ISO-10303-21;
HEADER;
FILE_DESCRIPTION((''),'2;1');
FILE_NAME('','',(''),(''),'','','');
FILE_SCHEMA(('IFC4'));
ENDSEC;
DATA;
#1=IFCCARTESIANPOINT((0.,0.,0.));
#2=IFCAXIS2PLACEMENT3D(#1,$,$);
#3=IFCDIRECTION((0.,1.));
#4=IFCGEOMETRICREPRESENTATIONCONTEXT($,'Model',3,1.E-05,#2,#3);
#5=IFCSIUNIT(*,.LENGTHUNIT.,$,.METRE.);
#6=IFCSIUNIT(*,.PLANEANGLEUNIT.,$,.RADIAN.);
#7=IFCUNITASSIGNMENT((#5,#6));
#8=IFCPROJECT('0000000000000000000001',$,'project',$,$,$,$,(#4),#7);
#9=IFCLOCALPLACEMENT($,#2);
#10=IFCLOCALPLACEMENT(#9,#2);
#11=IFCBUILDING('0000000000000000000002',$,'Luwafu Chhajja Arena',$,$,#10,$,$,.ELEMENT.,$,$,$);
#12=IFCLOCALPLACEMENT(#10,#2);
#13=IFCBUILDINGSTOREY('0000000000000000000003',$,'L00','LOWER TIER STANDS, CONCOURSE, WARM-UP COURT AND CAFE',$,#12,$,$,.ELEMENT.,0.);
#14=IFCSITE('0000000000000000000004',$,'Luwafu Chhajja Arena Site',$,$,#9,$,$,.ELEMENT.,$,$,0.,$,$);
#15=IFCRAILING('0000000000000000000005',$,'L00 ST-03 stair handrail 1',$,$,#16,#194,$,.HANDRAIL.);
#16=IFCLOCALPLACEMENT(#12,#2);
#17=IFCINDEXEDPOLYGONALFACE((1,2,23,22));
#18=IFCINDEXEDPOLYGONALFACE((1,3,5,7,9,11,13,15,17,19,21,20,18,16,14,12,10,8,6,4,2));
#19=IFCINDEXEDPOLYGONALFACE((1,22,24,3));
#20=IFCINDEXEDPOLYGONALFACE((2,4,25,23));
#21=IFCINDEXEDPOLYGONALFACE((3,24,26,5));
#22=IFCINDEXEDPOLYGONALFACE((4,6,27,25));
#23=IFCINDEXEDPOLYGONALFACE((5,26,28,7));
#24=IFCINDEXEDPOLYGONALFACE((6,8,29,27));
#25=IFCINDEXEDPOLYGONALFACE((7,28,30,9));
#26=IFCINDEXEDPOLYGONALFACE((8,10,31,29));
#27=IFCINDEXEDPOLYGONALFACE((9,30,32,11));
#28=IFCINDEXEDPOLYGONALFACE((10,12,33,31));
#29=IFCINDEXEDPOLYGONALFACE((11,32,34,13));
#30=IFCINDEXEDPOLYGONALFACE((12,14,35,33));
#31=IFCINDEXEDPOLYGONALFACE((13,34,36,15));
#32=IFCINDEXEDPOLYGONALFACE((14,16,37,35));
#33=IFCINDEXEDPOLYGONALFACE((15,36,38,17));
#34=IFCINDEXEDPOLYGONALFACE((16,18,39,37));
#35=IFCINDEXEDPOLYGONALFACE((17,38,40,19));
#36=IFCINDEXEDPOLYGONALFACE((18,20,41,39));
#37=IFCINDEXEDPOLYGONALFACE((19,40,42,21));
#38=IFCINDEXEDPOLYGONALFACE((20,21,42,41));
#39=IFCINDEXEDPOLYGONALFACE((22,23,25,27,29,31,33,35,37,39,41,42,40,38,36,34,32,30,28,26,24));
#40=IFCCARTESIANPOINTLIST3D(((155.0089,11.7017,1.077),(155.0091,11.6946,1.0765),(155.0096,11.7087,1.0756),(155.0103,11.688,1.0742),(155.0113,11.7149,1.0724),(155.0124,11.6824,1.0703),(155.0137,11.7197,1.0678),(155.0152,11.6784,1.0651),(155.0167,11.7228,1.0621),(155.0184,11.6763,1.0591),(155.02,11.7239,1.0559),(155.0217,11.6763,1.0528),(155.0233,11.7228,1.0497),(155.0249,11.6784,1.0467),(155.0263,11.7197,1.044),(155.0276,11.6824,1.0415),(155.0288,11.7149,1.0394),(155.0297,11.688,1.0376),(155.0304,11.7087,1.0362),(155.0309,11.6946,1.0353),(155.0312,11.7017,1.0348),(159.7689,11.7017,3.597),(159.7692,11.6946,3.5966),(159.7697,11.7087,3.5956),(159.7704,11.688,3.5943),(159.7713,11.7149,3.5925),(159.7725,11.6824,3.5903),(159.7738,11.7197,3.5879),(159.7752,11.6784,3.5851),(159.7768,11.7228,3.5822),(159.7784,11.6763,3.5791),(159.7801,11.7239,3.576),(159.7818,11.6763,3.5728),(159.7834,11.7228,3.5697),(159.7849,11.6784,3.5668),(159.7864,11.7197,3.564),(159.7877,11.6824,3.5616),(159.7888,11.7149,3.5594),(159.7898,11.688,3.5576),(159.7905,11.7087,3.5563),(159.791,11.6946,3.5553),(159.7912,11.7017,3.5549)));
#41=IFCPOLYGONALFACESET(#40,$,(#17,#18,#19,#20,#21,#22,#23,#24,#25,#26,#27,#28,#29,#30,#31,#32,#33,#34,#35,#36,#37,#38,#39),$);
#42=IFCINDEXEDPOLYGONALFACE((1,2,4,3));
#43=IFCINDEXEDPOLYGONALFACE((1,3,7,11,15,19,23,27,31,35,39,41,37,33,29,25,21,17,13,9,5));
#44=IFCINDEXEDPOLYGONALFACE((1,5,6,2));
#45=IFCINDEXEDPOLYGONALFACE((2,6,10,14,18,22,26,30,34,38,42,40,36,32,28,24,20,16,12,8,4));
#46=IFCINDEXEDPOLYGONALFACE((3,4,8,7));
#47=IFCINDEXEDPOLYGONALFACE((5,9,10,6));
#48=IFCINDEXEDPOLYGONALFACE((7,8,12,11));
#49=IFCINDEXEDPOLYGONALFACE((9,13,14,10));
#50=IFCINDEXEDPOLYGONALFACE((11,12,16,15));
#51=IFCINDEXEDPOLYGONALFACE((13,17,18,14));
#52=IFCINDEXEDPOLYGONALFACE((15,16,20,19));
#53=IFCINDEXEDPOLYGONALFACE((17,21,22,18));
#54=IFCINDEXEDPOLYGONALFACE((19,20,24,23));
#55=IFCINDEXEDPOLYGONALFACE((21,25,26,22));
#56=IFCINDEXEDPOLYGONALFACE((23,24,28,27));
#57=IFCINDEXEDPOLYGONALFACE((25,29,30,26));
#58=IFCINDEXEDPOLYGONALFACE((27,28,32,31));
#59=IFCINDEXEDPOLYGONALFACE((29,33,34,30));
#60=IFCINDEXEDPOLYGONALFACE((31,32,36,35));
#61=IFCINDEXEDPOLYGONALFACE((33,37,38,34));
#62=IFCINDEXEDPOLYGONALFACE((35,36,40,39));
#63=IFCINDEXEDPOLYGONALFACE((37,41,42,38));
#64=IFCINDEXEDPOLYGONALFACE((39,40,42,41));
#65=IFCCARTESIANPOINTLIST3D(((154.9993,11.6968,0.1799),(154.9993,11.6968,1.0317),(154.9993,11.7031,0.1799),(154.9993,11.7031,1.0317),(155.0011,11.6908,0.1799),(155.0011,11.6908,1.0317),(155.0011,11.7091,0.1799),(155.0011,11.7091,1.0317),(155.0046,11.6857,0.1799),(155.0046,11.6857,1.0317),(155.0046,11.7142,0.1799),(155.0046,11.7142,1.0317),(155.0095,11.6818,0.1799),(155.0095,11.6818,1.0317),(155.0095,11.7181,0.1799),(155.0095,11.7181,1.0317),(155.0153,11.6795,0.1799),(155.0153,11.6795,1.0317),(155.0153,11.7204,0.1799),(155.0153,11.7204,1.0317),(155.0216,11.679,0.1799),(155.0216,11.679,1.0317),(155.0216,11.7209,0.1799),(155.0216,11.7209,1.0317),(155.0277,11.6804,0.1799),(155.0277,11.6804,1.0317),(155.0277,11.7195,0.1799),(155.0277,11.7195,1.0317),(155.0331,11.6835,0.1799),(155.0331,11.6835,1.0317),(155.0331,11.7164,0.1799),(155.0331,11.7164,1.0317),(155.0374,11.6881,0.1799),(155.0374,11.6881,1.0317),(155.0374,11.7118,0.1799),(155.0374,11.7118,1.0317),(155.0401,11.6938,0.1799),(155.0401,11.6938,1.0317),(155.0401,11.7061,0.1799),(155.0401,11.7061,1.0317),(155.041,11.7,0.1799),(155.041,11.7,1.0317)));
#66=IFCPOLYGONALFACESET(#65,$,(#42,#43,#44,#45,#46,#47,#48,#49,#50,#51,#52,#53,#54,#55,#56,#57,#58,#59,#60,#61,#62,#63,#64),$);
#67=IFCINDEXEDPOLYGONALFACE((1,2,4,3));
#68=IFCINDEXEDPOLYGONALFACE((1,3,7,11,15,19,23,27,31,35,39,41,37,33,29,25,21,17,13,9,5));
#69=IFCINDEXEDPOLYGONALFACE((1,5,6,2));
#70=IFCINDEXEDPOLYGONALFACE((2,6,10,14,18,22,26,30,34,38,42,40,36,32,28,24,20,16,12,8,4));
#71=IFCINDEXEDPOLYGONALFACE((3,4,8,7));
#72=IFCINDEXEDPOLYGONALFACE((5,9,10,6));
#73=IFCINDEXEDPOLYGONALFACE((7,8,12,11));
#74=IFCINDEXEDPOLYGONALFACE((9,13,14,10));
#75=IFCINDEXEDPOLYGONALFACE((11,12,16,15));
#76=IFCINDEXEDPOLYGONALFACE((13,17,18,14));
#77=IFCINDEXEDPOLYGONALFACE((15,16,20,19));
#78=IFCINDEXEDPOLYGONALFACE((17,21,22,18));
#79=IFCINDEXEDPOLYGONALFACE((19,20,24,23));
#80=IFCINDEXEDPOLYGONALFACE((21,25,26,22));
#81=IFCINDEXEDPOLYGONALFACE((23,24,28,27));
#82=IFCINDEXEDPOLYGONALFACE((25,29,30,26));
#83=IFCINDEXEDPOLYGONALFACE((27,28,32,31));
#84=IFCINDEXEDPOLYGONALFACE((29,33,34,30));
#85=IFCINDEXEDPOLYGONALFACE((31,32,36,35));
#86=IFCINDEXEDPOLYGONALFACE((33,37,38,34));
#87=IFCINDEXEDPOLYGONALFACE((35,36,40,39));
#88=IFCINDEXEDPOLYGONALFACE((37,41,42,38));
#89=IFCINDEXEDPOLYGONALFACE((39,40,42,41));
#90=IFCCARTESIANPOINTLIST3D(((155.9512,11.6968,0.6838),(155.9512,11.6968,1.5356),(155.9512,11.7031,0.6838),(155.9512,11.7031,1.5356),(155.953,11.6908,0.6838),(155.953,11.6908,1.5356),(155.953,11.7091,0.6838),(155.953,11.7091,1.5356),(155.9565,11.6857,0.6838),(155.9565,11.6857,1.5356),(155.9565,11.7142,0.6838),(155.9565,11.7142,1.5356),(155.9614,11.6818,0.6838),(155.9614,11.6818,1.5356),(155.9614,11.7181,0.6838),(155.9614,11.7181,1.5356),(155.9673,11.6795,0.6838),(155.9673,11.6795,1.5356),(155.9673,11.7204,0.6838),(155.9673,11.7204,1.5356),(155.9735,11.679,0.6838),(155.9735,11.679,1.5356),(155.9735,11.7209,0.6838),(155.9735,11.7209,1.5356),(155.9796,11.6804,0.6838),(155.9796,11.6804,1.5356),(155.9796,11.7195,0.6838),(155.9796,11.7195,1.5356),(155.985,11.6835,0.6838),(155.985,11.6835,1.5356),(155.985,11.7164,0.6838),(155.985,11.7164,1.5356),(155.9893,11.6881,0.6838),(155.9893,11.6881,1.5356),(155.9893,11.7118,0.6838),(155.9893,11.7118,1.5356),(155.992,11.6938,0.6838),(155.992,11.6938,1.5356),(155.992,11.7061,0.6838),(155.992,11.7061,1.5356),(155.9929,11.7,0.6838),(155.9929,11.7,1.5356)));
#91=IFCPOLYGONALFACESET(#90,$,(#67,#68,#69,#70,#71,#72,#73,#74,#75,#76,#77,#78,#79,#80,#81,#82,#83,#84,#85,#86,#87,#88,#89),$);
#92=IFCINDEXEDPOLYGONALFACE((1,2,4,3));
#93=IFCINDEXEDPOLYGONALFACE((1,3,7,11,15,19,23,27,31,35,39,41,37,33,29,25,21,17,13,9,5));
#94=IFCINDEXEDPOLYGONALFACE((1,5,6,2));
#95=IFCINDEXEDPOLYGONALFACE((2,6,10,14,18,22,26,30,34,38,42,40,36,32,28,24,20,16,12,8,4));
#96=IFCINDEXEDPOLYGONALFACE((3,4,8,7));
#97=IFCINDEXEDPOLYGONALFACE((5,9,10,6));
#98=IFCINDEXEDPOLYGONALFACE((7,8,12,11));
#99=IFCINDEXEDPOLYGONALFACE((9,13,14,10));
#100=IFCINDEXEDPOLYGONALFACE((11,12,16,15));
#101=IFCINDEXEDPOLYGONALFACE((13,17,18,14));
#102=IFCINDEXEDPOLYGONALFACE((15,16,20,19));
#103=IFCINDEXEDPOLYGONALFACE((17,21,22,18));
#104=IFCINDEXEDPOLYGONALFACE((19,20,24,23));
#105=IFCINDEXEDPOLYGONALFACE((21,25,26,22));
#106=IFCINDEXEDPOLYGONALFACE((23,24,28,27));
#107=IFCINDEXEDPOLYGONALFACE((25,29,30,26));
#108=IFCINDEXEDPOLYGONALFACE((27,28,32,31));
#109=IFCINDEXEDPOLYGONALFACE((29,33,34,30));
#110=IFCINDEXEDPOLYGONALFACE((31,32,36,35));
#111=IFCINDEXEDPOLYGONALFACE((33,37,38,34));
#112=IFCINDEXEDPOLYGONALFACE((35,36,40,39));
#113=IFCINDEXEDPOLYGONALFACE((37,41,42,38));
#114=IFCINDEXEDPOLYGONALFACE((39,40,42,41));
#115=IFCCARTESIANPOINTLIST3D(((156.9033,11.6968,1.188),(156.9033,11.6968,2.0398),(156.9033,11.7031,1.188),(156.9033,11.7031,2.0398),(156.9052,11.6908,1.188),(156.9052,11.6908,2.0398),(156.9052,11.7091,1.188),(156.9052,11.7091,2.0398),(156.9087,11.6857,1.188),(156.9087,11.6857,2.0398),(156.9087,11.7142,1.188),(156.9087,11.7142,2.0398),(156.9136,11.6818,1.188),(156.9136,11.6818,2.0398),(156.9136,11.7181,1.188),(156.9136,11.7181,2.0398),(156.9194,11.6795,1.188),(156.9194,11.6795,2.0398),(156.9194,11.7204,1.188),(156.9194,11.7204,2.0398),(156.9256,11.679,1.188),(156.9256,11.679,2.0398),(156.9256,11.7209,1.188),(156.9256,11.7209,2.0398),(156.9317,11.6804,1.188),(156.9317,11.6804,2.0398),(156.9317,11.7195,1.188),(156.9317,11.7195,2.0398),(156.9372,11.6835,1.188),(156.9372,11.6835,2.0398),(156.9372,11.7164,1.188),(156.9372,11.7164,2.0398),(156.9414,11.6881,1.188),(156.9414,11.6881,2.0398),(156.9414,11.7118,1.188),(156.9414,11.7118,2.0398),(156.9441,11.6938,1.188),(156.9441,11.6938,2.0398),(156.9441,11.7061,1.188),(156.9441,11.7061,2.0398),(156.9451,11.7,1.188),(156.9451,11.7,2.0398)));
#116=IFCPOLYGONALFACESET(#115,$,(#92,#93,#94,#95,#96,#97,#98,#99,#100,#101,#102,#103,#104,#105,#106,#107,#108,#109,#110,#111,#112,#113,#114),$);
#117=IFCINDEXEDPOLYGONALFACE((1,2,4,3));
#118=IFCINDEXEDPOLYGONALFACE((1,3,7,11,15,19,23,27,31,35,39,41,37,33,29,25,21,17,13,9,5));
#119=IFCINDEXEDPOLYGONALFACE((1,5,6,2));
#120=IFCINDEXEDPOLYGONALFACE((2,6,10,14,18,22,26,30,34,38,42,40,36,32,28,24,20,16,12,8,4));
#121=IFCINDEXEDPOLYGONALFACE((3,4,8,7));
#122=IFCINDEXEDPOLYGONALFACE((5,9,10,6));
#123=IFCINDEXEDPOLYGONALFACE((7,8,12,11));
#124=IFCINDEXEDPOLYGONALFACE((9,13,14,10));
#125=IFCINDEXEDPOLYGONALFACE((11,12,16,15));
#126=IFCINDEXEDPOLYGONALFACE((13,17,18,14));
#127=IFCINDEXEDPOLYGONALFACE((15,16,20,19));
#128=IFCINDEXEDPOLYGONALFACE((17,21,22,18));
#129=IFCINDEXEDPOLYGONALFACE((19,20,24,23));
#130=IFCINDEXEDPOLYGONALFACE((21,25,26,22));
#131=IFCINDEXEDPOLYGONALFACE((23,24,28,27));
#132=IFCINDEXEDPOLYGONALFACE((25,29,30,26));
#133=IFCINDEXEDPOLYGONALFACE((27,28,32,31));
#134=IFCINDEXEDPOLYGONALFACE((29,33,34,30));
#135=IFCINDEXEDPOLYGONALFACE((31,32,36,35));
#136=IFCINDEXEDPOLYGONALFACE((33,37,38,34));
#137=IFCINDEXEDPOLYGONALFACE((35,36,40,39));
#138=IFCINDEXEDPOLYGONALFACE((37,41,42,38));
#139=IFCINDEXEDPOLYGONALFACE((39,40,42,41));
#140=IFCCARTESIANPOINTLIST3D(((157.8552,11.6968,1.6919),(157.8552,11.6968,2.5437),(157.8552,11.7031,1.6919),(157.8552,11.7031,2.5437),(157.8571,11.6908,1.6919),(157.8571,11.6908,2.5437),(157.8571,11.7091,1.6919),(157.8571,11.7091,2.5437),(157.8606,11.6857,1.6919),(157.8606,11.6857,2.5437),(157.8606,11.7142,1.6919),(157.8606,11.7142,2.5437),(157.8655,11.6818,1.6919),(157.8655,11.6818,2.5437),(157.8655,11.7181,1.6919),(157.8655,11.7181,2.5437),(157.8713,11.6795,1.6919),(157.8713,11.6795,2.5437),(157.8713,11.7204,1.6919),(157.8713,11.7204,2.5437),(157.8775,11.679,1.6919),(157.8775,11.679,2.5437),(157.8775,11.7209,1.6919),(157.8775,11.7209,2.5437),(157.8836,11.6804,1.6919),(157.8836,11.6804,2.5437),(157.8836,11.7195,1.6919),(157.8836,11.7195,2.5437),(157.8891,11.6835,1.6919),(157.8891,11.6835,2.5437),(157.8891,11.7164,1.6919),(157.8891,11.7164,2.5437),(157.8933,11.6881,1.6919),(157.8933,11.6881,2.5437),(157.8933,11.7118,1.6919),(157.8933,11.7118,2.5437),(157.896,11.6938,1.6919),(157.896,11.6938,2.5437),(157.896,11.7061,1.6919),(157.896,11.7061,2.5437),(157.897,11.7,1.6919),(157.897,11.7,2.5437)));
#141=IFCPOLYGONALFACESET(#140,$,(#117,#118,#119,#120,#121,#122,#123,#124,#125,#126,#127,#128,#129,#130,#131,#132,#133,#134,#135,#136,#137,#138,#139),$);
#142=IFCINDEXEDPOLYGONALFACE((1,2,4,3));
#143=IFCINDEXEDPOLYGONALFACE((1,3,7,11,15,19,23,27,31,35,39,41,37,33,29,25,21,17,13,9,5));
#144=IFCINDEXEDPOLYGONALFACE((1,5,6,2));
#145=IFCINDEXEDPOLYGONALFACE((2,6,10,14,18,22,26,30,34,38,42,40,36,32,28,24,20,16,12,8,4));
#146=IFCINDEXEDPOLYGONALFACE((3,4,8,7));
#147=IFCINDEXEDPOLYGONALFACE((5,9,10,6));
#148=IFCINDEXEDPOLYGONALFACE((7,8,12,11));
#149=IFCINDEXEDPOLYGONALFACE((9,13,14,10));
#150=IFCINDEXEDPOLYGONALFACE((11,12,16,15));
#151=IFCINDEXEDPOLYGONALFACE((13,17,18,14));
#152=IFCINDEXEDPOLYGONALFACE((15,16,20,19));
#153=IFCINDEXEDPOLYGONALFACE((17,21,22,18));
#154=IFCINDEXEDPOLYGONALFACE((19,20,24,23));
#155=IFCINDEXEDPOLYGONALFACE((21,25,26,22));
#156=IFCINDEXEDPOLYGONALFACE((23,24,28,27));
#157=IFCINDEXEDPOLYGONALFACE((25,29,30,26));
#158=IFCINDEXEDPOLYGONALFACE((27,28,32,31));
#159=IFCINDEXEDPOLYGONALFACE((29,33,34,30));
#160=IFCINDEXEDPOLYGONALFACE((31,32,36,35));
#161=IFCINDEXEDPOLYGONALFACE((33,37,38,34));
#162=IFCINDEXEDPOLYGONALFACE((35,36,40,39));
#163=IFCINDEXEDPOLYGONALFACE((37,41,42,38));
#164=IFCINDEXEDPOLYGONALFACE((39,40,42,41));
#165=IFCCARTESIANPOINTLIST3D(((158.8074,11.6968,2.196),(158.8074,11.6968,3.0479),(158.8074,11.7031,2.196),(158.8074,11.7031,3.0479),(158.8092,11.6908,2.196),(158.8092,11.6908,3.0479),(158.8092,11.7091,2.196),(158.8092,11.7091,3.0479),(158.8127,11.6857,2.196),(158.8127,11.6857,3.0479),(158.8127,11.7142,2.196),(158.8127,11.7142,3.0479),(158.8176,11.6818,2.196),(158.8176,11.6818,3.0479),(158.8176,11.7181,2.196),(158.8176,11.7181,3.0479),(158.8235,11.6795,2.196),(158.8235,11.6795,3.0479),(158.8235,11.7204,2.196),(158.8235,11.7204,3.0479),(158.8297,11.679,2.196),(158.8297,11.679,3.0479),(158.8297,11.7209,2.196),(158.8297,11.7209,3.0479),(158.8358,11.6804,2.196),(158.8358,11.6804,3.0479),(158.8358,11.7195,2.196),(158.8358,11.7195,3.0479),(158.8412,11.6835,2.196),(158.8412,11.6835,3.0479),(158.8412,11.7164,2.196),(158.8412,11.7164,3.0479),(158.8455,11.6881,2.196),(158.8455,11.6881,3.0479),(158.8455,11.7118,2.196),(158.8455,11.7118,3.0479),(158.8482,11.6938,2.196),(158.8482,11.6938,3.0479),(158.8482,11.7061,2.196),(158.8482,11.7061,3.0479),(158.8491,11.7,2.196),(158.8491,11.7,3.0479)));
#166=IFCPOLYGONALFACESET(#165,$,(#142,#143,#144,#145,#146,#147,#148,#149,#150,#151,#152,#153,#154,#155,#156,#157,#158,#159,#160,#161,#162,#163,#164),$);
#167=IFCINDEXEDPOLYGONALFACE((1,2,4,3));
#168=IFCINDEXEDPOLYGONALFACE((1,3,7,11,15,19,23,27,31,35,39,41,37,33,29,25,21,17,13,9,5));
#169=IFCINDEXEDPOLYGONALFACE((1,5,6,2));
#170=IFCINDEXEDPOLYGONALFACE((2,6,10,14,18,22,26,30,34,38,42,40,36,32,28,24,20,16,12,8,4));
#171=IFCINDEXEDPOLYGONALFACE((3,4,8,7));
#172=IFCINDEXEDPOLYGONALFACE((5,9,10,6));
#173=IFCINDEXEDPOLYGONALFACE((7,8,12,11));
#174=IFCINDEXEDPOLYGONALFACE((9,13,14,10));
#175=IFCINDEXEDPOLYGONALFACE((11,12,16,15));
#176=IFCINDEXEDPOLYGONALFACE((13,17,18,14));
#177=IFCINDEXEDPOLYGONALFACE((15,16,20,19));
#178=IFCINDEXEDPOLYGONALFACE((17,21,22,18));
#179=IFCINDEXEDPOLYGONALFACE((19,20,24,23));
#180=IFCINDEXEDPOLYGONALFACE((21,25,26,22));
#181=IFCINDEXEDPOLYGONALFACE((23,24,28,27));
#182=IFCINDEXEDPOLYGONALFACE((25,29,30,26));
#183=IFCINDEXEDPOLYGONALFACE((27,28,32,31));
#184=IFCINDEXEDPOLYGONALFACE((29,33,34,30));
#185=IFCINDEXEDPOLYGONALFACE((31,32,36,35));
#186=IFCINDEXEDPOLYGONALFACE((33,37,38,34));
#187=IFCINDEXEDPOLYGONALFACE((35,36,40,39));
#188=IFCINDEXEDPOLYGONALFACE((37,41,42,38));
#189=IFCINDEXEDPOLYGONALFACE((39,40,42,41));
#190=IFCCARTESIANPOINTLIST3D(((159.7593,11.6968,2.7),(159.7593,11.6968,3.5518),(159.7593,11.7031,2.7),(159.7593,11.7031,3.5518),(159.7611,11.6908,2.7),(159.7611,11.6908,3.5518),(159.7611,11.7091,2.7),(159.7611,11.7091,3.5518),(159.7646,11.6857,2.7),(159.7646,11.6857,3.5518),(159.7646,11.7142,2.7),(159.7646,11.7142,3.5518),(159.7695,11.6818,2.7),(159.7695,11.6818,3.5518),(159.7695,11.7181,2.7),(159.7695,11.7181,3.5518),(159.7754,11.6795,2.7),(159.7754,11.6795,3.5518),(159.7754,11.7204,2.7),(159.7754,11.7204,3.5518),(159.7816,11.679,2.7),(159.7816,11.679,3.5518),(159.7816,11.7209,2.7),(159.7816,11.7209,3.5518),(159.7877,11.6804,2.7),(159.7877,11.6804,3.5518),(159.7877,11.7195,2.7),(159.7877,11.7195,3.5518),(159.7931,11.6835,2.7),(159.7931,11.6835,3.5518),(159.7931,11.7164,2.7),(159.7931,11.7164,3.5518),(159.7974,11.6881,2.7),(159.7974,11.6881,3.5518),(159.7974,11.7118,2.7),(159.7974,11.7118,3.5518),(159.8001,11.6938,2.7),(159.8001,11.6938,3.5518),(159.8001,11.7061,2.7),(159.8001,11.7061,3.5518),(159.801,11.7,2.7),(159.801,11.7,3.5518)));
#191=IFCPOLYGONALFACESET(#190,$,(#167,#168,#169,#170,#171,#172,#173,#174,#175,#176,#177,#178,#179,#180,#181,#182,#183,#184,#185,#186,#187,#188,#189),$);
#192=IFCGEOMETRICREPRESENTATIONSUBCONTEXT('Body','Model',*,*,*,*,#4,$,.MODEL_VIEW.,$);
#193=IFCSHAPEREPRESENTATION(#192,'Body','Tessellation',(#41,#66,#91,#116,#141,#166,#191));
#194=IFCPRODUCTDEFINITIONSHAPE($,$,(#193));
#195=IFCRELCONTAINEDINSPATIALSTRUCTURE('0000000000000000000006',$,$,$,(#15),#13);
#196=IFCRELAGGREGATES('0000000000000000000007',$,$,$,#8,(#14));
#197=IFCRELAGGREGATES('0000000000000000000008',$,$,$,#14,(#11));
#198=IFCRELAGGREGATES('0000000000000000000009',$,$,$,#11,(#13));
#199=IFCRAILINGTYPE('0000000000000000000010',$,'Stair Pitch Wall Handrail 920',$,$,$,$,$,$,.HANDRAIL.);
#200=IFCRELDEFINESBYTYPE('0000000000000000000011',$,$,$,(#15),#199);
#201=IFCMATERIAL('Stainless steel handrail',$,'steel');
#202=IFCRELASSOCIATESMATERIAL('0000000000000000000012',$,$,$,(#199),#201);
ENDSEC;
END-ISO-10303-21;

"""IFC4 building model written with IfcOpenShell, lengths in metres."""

from ifc_helpers import new_model, si_unit, direction, frame, origin, origin_2d, place, context, subcontext, project, spatial, circle, extrude, material, type_object, element, save


model = new_model("IFC4")

# Units and contexts
model_context = context("Model", 3, precision=1e-05, world=origin(), true_north=direction((0.0, 1.0)))
body_context = subcontext(model_context, "Body", "Model", "MODEL_VIEW")
ifc_project = project(units=[si_unit("LENGTHUNIT", "METRE"), si_unit("PLANEANGLEUNIT", "RADIAN")], contexts=[model_context])

# Site, building, storey
site_placement = place(None, origin())
site = spatial("IfcSite", under=ifc_project, at=site_placement, Name="Luwafu Chhajja Arena Site", CompositionType="ELEMENT", RefElevation=0.0)
building_placement = place(site_placement, origin())
building = spatial("IfcBuilding", under=site, at=building_placement, Name="Luwafu Chhajja Arena", CompositionType="ELEMENT")
storey_placement = place(building_placement, origin())
storey = spatial("IfcBuildingStorey", under=building, at=storey_placement, Name="L00", Description="LOWER TIER STANDS, CONCOURSE, WARM-UP COURT AND CAFE", CompositionType="ELEMENT", Elevation=0.0)

# Railing
ifc_material_1 = material(Name="Stainless steel handrail", Category="steel")
railing_type_1 = type_object("IfcRailingType", Name="Stair Pitch Wall Handrail 920", PredefinedType="HANDRAIL", material=ifc_material_1)
railing_1_placement = place(storey_placement, frame((155.02, 11.7, 0.1799)))
element("IfcRailing", 1, at=railing_1_placement, inside=storey, type_object=railing_type_1, Name="L00 ST-03 stair handrail 1", PredefinedType="HANDRAIL", context=body_context, shape_type="SweptSolid", body=[
    extrude(circle(Radius=0.0239, at=origin_2d()), frame((0.0, 0.0, 0.876), z_axis=(0.883787, 0.0, 0.46789), x_axis=(0.0, 1.0, 0.0)), (0.0, 0.0, 1.0), 5.386),
    extrude(circle(Radius=0.021, at=origin_2d()), origin(), (0.0, 0.0, 1.0), 0.8518),
    extrude(circle(Radius=0.021, at=origin_2d()), frame((0.9519, 0.0, 0.5039)), (0.0, 0.0, 1.0), 0.8518),
    extrude(circle(Radius=0.021, at=origin_2d()), frame((1.9041, 0.0, 1.0081)), (0.0, 0.0, 1.0), 0.8518),
    extrude(circle(Radius=0.021, at=origin_2d()), frame((2.856, 0.0, 1.512)), (0.0, 0.0, 1.0), 0.8518),
    extrude(circle(Radius=0.021, at=origin_2d()), frame((3.8081, 0.0, 2.0161)), (0.0, 0.0, 1.0), 0.8518),
    extrude(circle(Radius=0.021, at=origin_2d()), frame((4.76, 0.0, 2.52)), (0.0, 0.0, 1.0), 0.8518),
])

save(model, "model.ifc")
